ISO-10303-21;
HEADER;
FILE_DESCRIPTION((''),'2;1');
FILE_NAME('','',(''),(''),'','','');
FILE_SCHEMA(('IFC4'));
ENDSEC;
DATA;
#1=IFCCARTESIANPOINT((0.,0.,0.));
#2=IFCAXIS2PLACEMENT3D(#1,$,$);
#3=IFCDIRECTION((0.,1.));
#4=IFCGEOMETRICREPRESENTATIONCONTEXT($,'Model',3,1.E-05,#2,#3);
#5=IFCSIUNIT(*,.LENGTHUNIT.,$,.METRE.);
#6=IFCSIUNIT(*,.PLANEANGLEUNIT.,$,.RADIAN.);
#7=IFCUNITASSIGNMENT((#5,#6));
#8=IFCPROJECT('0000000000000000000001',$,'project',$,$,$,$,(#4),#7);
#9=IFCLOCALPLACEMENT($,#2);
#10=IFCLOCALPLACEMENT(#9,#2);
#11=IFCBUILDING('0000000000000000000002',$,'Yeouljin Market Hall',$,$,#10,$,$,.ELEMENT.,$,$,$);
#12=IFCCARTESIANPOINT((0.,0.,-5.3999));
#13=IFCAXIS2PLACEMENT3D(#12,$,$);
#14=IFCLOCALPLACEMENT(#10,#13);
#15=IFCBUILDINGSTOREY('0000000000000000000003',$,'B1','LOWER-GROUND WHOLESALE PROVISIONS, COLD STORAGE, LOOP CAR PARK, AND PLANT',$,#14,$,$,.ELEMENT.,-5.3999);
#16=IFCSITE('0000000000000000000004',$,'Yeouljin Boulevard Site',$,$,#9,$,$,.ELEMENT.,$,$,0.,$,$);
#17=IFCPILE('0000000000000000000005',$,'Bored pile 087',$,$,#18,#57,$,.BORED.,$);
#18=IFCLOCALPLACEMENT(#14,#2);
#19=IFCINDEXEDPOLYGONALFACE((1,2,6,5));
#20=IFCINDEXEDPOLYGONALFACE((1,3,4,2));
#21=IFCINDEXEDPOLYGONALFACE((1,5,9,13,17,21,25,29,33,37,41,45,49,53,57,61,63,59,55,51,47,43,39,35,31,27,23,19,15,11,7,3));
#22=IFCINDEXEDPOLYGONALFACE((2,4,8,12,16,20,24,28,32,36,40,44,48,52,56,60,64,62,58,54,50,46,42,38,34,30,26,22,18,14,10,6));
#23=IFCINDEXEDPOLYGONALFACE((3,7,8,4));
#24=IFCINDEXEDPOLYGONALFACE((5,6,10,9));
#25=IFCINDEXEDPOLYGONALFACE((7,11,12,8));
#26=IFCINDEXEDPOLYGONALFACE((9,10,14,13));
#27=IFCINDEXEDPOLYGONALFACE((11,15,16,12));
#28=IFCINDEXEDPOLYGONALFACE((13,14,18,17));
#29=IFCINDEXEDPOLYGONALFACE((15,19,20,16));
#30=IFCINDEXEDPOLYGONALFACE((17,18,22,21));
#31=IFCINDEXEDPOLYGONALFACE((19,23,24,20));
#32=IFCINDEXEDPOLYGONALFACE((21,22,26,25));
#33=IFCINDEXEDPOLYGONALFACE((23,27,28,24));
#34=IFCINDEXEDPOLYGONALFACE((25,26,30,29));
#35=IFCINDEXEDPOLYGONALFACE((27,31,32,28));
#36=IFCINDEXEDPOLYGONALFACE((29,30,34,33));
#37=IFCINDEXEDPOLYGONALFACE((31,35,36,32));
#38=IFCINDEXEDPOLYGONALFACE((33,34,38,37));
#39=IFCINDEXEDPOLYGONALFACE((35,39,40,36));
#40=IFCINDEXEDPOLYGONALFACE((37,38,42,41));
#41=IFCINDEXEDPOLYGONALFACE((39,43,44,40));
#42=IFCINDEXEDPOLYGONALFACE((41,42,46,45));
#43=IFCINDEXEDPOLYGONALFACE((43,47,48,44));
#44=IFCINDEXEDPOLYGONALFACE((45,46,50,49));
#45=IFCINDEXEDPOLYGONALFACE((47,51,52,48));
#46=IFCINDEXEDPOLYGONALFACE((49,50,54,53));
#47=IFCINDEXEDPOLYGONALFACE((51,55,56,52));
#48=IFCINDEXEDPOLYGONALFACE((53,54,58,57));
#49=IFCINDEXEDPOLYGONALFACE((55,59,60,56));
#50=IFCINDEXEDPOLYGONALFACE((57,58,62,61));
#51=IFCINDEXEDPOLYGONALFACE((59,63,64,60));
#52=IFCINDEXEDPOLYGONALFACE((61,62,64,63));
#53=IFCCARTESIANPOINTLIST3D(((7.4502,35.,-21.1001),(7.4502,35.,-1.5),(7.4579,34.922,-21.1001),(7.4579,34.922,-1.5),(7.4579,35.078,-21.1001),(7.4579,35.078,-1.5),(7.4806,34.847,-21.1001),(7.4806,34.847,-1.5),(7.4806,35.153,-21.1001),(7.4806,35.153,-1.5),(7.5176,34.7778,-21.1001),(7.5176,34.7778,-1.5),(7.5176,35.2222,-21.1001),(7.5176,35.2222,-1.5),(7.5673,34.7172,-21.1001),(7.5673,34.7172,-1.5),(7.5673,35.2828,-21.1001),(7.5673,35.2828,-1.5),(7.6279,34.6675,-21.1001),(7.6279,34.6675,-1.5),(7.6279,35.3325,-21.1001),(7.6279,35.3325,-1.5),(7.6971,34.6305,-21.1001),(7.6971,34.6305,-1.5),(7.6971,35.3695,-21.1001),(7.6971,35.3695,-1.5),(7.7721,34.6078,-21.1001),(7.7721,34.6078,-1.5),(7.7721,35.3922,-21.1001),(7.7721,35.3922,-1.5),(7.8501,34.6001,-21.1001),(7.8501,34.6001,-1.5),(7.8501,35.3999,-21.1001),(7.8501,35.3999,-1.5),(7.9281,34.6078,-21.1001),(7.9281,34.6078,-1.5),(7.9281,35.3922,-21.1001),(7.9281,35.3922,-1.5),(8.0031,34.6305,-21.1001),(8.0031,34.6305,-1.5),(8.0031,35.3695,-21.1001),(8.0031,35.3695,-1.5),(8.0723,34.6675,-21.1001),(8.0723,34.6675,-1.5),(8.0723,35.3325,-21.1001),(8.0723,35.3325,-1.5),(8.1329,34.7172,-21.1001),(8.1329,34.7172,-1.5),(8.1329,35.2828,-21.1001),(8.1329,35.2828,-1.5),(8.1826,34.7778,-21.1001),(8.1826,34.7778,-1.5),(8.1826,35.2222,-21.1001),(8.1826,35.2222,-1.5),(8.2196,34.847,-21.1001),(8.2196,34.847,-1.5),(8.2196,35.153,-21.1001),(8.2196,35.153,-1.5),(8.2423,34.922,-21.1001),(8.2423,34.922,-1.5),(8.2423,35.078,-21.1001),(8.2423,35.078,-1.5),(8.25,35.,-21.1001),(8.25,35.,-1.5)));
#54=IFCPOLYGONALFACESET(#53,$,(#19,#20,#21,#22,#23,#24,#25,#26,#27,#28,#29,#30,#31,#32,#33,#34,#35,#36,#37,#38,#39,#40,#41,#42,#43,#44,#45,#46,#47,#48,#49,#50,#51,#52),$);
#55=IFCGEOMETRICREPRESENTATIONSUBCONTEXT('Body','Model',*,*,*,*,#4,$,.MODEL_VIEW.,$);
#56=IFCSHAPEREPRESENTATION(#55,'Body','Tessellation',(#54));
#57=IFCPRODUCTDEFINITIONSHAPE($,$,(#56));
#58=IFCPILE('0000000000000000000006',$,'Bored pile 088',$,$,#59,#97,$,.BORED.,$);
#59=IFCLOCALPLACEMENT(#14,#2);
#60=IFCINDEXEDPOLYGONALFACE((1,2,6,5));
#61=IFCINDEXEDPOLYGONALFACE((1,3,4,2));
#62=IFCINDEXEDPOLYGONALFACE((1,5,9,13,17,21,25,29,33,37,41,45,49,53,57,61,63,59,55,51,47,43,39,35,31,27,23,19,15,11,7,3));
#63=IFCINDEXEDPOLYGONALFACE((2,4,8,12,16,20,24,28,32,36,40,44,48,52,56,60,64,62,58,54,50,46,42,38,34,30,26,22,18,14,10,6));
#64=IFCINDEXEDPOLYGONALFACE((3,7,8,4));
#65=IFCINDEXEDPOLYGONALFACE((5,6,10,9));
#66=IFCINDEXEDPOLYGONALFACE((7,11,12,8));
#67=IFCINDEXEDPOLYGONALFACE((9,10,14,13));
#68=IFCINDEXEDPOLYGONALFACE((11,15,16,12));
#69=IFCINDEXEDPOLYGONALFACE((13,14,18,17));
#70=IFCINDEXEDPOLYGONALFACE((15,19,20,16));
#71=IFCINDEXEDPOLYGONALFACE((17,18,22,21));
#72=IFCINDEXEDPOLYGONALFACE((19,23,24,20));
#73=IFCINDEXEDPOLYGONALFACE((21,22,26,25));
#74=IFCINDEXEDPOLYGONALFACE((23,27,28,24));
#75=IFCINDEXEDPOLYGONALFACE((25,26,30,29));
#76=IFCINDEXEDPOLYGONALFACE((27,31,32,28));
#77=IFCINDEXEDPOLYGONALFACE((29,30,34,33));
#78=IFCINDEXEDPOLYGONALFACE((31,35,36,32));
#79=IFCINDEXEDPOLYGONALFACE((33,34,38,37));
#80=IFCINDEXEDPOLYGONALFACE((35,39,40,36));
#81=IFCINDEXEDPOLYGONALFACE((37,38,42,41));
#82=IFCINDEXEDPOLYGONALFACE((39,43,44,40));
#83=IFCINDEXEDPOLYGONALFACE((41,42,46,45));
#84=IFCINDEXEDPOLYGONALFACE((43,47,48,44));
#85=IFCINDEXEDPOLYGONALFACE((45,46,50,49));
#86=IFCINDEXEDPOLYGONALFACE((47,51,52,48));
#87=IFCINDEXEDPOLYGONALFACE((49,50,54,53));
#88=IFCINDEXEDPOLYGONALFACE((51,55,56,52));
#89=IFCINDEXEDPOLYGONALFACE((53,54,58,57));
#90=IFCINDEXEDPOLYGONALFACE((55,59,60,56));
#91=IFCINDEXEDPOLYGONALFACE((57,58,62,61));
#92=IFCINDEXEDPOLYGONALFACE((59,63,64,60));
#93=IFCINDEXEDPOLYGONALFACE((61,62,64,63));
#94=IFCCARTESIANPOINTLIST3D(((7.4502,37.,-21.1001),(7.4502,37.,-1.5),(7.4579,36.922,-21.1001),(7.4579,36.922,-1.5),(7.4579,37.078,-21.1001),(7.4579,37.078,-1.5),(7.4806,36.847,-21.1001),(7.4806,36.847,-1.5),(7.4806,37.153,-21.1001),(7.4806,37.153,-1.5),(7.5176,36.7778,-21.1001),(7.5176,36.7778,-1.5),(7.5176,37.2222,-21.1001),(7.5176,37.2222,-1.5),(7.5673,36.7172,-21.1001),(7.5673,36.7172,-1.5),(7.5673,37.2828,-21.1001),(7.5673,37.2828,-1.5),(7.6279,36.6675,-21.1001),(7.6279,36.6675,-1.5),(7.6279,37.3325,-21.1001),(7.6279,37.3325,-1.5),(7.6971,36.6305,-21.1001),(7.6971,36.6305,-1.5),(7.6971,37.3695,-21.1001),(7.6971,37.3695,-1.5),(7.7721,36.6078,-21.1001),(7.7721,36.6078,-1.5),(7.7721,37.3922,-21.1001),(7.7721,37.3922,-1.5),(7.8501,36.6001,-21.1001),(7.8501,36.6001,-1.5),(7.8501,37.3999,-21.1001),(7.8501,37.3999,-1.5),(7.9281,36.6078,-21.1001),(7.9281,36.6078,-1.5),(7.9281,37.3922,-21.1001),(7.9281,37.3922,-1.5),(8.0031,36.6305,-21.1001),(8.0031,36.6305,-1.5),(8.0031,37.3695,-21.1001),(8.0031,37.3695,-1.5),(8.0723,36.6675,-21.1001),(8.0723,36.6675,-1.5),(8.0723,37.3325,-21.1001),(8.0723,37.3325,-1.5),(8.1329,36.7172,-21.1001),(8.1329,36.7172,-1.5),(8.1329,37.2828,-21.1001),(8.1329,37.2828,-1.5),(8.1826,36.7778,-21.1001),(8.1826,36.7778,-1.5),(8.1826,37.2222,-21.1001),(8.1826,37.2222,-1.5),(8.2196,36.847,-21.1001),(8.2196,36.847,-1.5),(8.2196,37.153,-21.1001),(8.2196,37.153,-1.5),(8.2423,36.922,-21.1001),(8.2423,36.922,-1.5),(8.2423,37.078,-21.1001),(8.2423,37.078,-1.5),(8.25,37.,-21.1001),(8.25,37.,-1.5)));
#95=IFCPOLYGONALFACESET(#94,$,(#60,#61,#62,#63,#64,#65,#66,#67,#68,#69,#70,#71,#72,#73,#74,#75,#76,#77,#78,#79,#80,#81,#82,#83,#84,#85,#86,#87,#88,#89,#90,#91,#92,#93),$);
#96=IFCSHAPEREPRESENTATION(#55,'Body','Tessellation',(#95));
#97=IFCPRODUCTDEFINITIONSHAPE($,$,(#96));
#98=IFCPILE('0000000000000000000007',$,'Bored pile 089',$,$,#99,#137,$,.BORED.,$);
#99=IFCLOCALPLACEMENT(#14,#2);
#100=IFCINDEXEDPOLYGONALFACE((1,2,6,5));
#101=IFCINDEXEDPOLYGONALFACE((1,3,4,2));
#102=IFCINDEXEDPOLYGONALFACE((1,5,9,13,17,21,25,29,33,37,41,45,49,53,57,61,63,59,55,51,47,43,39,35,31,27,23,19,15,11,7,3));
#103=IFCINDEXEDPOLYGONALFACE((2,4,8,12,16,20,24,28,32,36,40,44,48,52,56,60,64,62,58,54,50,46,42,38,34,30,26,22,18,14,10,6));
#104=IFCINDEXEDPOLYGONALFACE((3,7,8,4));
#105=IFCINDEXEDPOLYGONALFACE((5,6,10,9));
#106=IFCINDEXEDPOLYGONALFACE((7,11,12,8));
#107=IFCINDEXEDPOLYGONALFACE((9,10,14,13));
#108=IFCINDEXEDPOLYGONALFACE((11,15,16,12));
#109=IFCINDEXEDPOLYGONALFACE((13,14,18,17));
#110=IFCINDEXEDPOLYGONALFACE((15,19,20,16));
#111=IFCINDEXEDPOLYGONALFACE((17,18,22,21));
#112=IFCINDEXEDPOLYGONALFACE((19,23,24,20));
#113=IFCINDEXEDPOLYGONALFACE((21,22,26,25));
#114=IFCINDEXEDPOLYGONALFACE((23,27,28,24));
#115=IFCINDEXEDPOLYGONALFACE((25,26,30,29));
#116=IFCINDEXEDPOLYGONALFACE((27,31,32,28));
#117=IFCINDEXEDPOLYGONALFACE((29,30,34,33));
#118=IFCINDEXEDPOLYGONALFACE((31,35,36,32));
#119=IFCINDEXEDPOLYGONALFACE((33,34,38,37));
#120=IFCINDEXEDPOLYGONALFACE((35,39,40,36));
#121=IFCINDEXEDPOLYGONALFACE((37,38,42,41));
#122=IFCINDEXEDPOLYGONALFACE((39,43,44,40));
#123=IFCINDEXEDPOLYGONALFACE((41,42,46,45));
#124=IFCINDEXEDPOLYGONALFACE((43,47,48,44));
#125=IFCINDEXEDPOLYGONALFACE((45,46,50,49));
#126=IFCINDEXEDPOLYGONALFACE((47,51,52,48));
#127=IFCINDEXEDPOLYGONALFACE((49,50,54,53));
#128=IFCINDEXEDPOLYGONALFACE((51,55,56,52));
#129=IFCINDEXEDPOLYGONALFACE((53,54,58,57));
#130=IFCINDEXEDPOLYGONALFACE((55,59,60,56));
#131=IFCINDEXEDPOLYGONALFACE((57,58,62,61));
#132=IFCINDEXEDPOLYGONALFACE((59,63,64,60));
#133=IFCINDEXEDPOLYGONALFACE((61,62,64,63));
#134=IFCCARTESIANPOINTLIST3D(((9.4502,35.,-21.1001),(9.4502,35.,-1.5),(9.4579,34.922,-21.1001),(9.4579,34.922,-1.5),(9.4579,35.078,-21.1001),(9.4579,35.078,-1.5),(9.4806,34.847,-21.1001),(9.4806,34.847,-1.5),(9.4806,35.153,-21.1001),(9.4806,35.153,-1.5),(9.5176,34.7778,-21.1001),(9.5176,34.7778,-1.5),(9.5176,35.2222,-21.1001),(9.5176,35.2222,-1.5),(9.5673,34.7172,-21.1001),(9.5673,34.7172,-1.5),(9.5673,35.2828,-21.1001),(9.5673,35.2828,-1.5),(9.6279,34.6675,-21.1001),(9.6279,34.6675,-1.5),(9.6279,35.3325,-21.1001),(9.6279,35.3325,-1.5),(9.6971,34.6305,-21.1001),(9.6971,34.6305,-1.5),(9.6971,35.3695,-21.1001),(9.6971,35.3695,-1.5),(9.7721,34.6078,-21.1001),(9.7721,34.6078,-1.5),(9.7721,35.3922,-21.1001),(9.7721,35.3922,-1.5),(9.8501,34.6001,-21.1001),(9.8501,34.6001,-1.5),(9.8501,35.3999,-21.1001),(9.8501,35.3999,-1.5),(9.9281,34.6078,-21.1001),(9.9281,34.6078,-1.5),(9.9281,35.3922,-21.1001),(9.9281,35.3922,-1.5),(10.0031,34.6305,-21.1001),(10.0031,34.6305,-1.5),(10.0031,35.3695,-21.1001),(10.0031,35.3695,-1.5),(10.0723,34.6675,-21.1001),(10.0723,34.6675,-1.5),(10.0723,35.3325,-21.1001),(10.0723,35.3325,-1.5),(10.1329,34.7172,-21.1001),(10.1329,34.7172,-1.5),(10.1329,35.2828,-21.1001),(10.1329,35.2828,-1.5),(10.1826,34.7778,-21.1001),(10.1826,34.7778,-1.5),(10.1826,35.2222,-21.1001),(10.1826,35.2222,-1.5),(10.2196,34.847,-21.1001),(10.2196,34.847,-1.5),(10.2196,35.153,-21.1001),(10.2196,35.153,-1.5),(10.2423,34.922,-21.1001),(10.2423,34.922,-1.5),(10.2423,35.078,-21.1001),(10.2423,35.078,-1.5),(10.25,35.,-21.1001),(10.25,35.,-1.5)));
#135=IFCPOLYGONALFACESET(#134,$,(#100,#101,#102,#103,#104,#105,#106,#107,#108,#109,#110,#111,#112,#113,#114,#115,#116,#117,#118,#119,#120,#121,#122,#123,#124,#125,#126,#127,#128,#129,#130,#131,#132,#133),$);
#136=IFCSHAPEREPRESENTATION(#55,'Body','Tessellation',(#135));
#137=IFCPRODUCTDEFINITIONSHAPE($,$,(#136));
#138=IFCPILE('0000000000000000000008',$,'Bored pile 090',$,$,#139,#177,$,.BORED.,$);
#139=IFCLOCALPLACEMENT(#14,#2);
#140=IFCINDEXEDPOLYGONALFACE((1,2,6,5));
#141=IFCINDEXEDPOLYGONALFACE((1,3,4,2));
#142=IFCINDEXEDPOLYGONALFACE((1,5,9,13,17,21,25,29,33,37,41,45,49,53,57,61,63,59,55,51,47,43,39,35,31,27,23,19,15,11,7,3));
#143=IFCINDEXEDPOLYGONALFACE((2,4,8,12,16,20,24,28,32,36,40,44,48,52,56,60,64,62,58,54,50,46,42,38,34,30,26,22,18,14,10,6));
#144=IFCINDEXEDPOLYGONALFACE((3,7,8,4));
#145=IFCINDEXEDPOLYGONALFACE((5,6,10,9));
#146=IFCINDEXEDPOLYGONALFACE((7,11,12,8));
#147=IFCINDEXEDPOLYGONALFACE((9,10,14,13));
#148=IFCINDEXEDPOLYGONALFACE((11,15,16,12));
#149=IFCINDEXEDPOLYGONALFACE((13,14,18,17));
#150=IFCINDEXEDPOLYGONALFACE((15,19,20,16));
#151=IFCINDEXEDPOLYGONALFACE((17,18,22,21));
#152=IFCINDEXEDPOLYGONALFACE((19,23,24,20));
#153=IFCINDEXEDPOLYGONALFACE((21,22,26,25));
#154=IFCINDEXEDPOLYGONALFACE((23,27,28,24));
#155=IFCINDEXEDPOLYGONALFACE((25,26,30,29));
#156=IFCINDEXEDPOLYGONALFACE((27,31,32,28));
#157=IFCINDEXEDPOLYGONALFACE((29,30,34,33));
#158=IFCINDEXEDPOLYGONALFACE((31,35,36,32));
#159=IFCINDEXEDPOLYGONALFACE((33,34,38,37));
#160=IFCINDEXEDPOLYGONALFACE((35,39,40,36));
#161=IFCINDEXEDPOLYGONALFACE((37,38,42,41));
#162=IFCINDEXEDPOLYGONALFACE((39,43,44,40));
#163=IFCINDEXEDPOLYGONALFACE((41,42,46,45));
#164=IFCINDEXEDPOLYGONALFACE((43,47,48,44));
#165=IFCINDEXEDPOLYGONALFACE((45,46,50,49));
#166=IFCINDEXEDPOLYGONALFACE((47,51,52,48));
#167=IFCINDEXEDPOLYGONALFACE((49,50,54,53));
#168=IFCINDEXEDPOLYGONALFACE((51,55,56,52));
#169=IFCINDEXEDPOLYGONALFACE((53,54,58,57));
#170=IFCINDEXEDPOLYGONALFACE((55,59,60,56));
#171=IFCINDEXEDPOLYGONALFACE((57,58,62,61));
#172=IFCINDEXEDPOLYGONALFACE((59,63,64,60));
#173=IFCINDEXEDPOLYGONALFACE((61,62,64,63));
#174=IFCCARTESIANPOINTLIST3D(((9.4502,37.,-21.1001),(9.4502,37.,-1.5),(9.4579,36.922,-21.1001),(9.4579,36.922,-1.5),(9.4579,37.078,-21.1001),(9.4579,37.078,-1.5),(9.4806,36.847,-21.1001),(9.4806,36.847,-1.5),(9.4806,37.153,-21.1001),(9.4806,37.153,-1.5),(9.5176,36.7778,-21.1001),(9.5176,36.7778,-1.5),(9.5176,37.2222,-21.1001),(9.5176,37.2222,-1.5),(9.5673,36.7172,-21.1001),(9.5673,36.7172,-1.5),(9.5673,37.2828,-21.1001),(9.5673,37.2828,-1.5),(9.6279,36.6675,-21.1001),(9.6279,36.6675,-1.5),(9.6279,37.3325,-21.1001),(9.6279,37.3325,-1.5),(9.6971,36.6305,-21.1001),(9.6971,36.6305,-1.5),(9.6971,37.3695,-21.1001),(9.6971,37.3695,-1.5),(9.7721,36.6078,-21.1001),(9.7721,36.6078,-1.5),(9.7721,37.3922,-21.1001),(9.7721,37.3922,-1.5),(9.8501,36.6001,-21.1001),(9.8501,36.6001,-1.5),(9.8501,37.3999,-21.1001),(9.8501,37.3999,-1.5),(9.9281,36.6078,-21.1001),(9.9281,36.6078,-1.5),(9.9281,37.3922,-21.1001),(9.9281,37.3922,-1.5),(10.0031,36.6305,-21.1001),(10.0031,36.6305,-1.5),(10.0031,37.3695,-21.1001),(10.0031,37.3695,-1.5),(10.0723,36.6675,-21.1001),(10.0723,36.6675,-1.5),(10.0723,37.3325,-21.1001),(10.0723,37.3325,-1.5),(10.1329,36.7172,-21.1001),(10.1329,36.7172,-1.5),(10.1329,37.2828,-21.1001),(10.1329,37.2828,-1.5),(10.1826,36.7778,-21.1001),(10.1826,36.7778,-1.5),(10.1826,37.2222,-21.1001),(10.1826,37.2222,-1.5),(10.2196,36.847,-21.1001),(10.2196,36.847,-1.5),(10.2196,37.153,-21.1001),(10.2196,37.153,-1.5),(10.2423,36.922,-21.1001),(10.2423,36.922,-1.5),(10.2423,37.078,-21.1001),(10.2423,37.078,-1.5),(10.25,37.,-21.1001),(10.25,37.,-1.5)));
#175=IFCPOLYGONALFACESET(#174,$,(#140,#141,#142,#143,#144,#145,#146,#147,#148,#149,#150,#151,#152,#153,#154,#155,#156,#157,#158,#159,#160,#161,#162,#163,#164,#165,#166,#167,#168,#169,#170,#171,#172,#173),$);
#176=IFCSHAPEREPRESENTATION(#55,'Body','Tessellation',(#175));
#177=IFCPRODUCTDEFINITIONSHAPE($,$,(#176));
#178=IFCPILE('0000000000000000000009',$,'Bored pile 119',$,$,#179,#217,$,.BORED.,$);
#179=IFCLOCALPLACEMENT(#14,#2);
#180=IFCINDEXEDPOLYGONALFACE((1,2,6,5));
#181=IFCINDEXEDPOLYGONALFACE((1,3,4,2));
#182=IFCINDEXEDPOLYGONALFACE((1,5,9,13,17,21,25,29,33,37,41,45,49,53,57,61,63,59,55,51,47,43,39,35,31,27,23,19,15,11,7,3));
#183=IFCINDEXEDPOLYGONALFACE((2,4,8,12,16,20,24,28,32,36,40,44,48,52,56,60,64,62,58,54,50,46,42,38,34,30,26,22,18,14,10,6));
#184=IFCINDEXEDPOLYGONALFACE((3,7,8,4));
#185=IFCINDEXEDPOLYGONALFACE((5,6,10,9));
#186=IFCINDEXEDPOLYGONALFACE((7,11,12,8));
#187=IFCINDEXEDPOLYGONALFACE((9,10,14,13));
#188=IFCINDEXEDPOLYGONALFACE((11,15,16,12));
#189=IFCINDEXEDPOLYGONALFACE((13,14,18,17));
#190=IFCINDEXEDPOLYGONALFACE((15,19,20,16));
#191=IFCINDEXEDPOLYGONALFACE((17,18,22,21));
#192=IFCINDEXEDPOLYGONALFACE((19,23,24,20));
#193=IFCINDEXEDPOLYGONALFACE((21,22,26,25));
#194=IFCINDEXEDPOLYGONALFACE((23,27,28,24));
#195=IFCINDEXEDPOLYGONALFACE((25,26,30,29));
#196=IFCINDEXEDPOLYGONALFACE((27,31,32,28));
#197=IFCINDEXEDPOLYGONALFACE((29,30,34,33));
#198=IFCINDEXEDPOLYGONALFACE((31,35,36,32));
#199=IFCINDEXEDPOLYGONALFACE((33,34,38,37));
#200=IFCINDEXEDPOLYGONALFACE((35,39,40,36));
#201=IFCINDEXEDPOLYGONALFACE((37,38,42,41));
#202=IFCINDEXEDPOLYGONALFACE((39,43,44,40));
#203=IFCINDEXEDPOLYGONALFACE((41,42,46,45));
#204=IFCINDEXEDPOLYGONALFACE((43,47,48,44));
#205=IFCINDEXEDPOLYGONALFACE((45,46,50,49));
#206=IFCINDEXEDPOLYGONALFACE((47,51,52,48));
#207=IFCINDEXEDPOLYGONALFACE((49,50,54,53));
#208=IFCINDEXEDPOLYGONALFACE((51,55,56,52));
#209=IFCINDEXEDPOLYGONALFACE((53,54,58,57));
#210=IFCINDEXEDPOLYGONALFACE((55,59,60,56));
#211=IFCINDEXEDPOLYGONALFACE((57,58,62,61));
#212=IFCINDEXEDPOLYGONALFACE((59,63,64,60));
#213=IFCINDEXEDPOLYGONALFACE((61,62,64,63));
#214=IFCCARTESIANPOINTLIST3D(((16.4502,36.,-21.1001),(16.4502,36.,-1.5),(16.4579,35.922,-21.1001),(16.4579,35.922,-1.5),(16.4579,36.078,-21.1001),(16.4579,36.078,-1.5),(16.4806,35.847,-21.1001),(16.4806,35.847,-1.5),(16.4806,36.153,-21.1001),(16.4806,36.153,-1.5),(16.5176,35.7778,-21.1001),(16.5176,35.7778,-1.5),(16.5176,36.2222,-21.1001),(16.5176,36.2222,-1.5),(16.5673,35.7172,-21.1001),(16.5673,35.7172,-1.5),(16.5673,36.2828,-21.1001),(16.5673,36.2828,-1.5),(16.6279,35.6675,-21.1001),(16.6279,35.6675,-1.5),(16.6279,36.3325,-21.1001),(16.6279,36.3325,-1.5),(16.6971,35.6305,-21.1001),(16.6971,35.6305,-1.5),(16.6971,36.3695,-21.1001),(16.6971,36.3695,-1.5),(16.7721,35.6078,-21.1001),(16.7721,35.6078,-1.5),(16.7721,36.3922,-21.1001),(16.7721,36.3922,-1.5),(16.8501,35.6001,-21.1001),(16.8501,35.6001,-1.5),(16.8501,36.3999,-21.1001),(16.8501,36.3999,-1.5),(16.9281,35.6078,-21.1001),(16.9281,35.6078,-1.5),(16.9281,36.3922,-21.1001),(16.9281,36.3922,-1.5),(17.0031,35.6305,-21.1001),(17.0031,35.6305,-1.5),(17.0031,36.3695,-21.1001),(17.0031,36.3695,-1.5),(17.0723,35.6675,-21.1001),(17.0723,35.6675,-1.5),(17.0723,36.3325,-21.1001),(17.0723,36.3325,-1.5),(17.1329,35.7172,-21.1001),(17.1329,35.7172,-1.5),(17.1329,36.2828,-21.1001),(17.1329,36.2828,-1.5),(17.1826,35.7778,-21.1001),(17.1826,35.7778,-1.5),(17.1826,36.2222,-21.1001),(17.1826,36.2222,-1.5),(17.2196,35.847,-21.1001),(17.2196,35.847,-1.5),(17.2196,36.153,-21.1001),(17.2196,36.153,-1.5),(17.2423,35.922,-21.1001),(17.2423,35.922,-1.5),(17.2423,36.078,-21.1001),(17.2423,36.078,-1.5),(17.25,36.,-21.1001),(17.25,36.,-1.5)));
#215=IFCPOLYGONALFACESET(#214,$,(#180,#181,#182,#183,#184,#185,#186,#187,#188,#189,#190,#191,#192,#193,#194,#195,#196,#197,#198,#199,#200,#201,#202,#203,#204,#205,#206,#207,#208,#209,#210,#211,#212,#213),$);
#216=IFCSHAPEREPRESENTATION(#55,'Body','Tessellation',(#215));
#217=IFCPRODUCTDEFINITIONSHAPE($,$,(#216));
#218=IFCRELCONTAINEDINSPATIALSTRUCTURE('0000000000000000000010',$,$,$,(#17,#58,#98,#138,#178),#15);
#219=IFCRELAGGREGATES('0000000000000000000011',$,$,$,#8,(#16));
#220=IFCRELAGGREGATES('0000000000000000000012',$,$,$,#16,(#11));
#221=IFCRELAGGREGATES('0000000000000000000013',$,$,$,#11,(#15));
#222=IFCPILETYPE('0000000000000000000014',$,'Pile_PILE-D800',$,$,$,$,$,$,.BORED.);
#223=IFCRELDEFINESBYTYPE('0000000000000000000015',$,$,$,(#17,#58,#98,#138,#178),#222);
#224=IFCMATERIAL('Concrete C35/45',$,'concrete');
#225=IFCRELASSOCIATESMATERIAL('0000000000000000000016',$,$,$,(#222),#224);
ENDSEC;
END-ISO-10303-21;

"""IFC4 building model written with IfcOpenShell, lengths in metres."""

from ifc_helpers import new_model, si_unit, direction, frame, origin, origin_2d, place, context, subcontext, project, spatial, circle, extrude, material, material_profile, profile_set, type_object, element, save


model = new_model("IFC4")

# Units and contexts
model_context = context("Model", 3, precision=1e-05, world=origin(), true_north=direction((0.0, 1.0)))
body_context = subcontext(model_context, "Body", "Model", "MODEL_VIEW")
ifc_project = project(units=[si_unit("LENGTHUNIT", "METRE"), si_unit("PLANEANGLEUNIT", "RADIAN")], contexts=[model_context])

# Site, building, storey
site_placement = place(None, origin())
site = spatial("IfcSite", under=ifc_project, at=site_placement, Name="Yeouljin Boulevard Site", CompositionType="ELEMENT", RefElevation=0.0)
building_placement = place(site_placement, origin())
building = spatial("IfcBuilding", under=site, at=building_placement, Name="Yeouljin Market Hall", CompositionType="ELEMENT")
storey_placement = place(building_placement, frame((0.0, 0.0, -5.3999)))
storey = spatial("IfcBuildingStorey", under=building, at=storey_placement, Name="B1", Description="LOWER-GROUND WHOLESALE PROVISIONS, COLD STORAGE, LOOP CAR PARK, AND PLANT", CompositionType="ELEMENT", Elevation=-5.3999)

# Piles
ifc_material_1 = material(Name="Concrete C35/45", Category="concrete")
ifc_material_profile_1 = material_profile(ifc_material_1, circle(Radius=0.3999, at=origin_2d()), Name="PILE-D800")
ifc_profile_set_1 = profile_set([ifc_material_profile_1], Name="Concrete C35/45")
pile_type_1 = type_object("IfcPileType", Name="Pile_PILE-D800", PredefinedType="BORED", material=ifc_profile_set_1)
for number, where, z_axis, x_axis, name in (
    (1, (7.8501, 35.0, -1.5), (0.0, 0.0, -1.0), (1.0, 0.0, 0.0), "Bored pile 087"),
    (2, (7.8501, 37.0, -1.5), (0.0, 0.0, -1.0), (1.0, 0.0, 0.0), "Bored pile 088"),
    (3, (9.8501, 35.0, -1.5), (0.0, 0.0, -1.0), (1.0, 0.0, 0.0), "Bored pile 089"),
    (4, (9.8501, 37.0, -1.5), (0.0, 0.0, -1.0), (1.0, 0.0, 0.0), "Bored pile 090"),
    (5, (16.8501, 36.0, -1.5), (0.0, 0.0, -1.0), (1.0, 0.0, 0.0), "Bored pile 119"),
):
    element("IfcPile", number, at=place(storey_placement, frame(where, z_axis=z_axis, x_axis=x_axis)), inside=storey, type_object=pile_type_1, Name=name, PredefinedType="BORED", context=body_context, shape_type="SweptSolid", body=[
        extrude(circle(Radius=0.3999, at=origin_2d()), origin(), (0.0, 0.0, 1.0), 19.6001),
    ])

save(model, "model.ifc")
